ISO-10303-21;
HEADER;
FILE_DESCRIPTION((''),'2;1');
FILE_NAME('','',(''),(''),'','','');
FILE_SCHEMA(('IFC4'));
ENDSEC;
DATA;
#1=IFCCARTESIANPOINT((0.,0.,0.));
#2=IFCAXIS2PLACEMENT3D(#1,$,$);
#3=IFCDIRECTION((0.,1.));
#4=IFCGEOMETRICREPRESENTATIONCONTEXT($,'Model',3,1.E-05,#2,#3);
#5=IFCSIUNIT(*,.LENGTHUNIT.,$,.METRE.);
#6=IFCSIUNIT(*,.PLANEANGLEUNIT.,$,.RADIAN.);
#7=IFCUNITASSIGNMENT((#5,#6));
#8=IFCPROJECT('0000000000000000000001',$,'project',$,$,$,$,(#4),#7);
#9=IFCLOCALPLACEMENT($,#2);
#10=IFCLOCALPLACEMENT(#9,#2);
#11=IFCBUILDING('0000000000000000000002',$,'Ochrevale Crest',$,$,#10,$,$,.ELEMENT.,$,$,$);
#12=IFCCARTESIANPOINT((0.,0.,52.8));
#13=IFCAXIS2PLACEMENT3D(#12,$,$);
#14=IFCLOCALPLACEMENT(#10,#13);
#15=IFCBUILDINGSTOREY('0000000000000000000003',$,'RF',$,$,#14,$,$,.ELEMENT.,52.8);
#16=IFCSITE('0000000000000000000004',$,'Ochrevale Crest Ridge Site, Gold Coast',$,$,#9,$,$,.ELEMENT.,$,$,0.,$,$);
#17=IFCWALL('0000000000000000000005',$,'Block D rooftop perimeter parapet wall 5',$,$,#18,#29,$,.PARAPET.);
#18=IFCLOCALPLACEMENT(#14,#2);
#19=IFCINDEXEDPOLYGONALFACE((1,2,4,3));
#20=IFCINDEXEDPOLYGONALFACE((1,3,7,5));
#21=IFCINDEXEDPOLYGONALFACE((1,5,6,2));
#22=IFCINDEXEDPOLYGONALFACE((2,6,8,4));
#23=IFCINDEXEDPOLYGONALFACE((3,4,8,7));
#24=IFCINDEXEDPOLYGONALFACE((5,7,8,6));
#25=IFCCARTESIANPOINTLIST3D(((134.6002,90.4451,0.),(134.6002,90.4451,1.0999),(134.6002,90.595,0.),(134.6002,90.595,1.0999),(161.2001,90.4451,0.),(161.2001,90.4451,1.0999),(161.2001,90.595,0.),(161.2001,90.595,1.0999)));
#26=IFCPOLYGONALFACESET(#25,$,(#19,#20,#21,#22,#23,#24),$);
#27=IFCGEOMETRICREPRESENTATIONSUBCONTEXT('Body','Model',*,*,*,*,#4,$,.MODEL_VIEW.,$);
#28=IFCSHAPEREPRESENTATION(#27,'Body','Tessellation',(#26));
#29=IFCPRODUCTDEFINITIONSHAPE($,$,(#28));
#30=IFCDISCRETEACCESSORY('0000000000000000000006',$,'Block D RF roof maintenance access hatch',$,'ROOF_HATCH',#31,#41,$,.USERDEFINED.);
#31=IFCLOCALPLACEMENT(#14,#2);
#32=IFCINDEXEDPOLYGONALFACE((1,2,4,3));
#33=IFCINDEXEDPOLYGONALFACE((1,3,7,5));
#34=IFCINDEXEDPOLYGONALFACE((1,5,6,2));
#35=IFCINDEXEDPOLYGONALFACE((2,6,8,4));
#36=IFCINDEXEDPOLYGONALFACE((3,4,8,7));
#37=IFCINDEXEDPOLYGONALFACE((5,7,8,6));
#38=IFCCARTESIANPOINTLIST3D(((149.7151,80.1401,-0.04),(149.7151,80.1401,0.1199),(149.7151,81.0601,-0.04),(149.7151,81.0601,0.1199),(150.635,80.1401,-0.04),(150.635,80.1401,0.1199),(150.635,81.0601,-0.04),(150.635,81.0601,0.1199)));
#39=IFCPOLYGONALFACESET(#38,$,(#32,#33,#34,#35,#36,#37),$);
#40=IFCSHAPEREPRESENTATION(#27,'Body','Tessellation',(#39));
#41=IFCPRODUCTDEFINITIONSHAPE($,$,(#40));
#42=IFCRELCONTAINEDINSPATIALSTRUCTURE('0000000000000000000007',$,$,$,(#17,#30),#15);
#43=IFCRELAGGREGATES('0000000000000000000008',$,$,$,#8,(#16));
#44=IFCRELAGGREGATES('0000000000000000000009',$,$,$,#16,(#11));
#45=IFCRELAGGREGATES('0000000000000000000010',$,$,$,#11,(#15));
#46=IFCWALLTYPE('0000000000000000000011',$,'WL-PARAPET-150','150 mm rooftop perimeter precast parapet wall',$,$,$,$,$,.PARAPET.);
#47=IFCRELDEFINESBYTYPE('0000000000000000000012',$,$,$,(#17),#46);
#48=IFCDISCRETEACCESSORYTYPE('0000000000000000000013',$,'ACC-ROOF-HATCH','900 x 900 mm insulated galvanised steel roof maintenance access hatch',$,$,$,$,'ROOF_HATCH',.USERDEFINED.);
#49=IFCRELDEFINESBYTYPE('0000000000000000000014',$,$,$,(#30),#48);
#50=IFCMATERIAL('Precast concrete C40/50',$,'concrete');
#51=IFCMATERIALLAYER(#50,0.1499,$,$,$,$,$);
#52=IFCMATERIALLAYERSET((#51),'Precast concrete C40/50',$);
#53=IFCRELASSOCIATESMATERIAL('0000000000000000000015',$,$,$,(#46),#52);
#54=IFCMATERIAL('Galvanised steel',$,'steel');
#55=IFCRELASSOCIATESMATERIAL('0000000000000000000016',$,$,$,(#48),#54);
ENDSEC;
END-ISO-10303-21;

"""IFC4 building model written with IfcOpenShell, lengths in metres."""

from ifc_helpers import new_model, si_unit, direction, frame, frame_2d, origin, origin_2d, place, context, subcontext, project, spatial, rectangle, extrude, material, layer, layer_set, type_object, element, save


model = new_model("IFC4")

# Units and contexts
model_context = context("Model", 3, precision=1e-05, world=origin(), true_north=direction((0.0, 1.0)))
body_context = subcontext(model_context, "Body", "Model", "MODEL_VIEW")
ifc_project = project(units=[si_unit("LENGTHUNIT", "METRE"), si_unit("PLANEANGLEUNIT", "RADIAN")], contexts=[model_context])

# Site, building, storey
site_placement = place(None, origin())
site = spatial("IfcSite", under=ifc_project, at=site_placement, Name="Ochrevale Crest Ridge Site, Gold Coast", CompositionType="ELEMENT", RefElevation=0.0)
building_placement = place(site_placement, origin())
building = spatial("IfcBuilding", under=site, at=building_placement, Name="Ochrevale Crest", CompositionType="ELEMENT")
storey_placement = place(building_placement, frame((0.0, 0.0, 52.8)))
storey = spatial("IfcBuildingStorey", under=building, at=storey_placement, Name="RF", CompositionType="ELEMENT", Elevation=52.8)

# Wall
ifc_material_1 = material(Name="Precast concrete C40/50", Category="concrete")
ifc_layer_1 = layer(ifc_material_1, 0.1499)
ifc_layer_set_1 = layer_set([ifc_layer_1], Name="Precast concrete C40/50")
wall_type_1 = type_object("IfcWallType", Name="WL-PARAPET-150", Description="150 mm rooftop perimeter precast parapet wall", PredefinedType="PARAPET", material=ifc_layer_set_1)
wall_1_placement = place(storey_placement, frame((161.2, 90.52, 0.0), z_axis=(0.0, 0.0, 1.0), x_axis=(-1.0, 0.0, 0.0)))
element("IfcWall", 1, at=wall_1_placement, inside=storey, type_object=wall_type_1, Name="Block D rooftop perimeter parapet wall 5", PredefinedType="PARAPET", context=body_context, shape_type="SweptSolid", body=[
    extrude(rectangle(XDim=26.5999, YDim=0.1499, at=frame_2d((13.2998, 0.0))), origin(), (0.0, 0.0, 1.0), 1.0999),
])

# Discrete accessory
ifc_material_2 = material(Name="Galvanised steel", Category="steel")
discrete_accessory_type = type_object("IfcDiscreteAccessoryType", Name="ACC-ROOF-HATCH", Description="900 x 900 mm insulated galvanised steel roof maintenance access hatch", ElementType="ROOF_HATCH", PredefinedType="USERDEFINED", material=ifc_material_2)
discrete_accessory_placement = place(storey_placement, frame((150.175, 80.6001, -0.04), z_axis=(0.0, 0.0, 1.0), x_axis=(1.0, 0.0, 0.0)))
element("IfcDiscreteAccessory", 2, at=discrete_accessory_placement, inside=storey, type_object=discrete_accessory_type, Name="Block D RF roof maintenance access hatch", ObjectType="ROOF_HATCH", PredefinedType="USERDEFINED", context=body_context, shape_type="SweptSolid", body=[
    extrude(rectangle(XDim=0.9199, YDim=0.9199, at=origin_2d()), origin(), (0.0, 0.0, 1.0), 0.1599),
])

save(model, "model.ifc")
